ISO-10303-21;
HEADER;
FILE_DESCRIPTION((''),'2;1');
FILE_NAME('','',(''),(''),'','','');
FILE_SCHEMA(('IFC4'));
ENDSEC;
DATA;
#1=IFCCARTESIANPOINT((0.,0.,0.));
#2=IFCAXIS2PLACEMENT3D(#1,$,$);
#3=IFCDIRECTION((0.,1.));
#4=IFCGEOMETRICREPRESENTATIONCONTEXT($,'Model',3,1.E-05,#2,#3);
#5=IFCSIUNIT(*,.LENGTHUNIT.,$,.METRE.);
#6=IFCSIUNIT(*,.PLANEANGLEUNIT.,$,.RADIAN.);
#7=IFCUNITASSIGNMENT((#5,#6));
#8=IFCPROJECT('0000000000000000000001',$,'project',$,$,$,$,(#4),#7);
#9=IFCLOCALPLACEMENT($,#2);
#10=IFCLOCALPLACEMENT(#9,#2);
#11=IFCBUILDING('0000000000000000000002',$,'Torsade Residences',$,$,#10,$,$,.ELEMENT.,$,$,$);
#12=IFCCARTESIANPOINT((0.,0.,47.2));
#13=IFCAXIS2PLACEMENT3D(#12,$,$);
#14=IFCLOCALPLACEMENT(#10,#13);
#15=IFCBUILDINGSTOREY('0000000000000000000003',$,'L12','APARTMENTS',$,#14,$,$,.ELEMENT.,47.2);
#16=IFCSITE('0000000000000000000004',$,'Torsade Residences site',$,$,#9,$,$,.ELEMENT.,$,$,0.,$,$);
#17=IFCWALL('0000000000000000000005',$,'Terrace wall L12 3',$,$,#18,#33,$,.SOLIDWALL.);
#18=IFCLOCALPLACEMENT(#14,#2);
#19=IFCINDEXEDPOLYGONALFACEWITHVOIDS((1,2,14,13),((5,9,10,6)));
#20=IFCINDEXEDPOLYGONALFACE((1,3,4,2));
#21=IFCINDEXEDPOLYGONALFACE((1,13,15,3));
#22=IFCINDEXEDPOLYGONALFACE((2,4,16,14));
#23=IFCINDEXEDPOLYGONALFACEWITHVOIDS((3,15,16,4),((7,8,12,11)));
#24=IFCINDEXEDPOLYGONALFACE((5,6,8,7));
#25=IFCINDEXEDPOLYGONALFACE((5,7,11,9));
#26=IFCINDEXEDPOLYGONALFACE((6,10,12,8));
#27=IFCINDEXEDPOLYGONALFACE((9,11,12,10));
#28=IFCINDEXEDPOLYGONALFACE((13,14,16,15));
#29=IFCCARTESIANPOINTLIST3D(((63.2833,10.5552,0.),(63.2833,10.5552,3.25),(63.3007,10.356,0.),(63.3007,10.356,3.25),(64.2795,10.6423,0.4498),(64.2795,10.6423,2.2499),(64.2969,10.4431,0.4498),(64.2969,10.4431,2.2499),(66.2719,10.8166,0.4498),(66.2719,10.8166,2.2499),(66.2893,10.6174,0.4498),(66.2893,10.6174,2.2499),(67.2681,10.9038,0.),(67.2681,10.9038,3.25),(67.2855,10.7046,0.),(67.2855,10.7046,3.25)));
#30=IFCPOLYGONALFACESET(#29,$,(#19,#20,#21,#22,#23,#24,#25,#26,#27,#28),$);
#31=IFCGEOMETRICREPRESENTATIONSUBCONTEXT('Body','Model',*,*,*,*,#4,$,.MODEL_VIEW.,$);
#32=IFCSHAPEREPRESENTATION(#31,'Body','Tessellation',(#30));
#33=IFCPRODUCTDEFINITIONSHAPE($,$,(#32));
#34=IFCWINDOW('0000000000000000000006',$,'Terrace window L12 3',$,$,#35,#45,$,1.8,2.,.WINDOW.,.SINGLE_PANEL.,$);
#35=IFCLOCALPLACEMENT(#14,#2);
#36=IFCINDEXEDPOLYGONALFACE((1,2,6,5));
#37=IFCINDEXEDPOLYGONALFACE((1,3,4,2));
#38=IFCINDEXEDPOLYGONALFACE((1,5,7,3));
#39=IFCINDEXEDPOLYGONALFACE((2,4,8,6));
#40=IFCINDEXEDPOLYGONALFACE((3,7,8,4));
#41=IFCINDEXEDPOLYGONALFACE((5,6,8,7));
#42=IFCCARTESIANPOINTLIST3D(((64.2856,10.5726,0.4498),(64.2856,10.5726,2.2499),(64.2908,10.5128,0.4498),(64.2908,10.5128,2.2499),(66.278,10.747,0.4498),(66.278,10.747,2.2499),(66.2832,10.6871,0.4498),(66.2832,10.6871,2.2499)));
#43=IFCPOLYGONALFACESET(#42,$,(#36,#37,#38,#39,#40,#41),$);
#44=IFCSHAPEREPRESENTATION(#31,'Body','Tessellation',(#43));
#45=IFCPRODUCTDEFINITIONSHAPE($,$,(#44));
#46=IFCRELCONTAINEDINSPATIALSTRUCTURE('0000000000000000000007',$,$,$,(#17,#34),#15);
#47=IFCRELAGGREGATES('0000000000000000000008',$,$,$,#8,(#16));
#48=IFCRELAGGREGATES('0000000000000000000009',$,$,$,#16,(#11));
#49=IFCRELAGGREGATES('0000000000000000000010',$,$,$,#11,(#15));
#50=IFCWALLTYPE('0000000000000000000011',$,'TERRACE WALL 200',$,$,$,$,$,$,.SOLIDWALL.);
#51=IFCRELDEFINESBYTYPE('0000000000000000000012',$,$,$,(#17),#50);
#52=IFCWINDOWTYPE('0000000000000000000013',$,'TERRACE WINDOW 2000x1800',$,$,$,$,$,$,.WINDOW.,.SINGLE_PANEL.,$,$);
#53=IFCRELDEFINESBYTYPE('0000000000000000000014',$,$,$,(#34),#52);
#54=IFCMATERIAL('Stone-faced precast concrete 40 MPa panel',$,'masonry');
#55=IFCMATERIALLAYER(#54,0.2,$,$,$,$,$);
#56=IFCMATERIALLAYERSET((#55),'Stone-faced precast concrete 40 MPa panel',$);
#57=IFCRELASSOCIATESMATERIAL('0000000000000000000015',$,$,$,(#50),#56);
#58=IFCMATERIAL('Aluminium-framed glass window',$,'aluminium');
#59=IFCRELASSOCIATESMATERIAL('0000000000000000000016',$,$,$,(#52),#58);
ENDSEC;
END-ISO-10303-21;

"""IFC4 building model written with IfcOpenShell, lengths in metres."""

from ifc_helpers import new_model, si_unit, direction, frame, frame_2d, origin, place, context, subcontext, project, spatial, rectangle, extrude, material, layer, layer_set, type_object, element, fill, save


model = new_model("IFC4")

# Units and contexts
model_context = context("Model", 3, precision=1e-05, world=origin(), true_north=direction((0.0, 1.0)))
body_context = subcontext(model_context, "Body", "Model", "MODEL_VIEW")
ifc_project = project(units=[si_unit("LENGTHUNIT", "METRE"), si_unit("PLANEANGLEUNIT", "RADIAN")], contexts=[model_context])

# Site, building, storey
site_placement = place(None, origin())
site = spatial("IfcSite", under=ifc_project, at=site_placement, Name="Torsade Residences site", CompositionType="ELEMENT", RefElevation=0.0)
building_placement = place(site_placement, origin())
building = spatial("IfcBuilding", under=site, at=building_placement, Name="Torsade Residences", CompositionType="ELEMENT")
storey_placement = place(building_placement, frame((0.0, 0.0, 47.2)))
storey = spatial("IfcBuildingStorey", under=building, at=storey_placement, Name="L12", Description="APARTMENTS", CompositionType="ELEMENT", Elevation=47.2)

# Shared definitions
ifc_material_1 = material(Name="Stone-faced precast concrete 40 MPa panel", Category="masonry")
ifc_layer_1 = layer(ifc_material_1, 0.2)
ifc_layer_set_1 = layer_set([ifc_layer_1], Name="Stone-faced precast concrete 40 MPa panel")
wall_type = type_object("IfcWallType", Name="TERRACE WALL 200", PredefinedType="SOLIDWALL", material=ifc_layer_set_1)

# Wall, opening, window
wall_1_placement = place(storey_placement, frame((63.292, 10.4556, 0.0), z_axis=(0.0, 0.0, 1.0), x_axis=(0.996195, 0.087156, 0.0)))
wall_1 = element("IfcWall", 1, at=wall_1_placement, inside=storey, type_object=wall_type, Name="Terrace wall L12 3", PredefinedType="SOLIDWALL", context=body_context, shape_type="SweptSolid", body=[
    extrude(rectangle(XDim=4.0, YDim=0.2, at=frame_2d((2.0, 0.0))), origin(), (0.0, 0.0, 1.0), 3.25),
])
opening_1_placement = place(wall_1_placement, frame((1.0, 0.0, 0.45)))
opening_1 = element("IfcOpeningElement", 2, at=opening_1_placement, cuts=wall_1, PredefinedType="OPENING", context=body_context, shape_type="SweptSolid", body=[
    extrude(rectangle(XDim=2.0, YDim=1.8, at=frame_2d((1.0, 0.8999))), frame((0.0, 0.1099, 0.0), z_axis=(0.0, -1.0, 0.0), x_axis=(1.0, 0.0, 0.0)), (0.0, 0.0, 1.0), 0.22),
])
ifc_material_2 = material(Name="Aluminium-framed glass window", Category="aluminium")
window_type = type_object("IfcWindowType", Name="TERRACE WINDOW 2000x1800", PartitioningType="SINGLE_PANEL", PredefinedType="WINDOW", material=ifc_material_2)
window_placement = place(opening_1_placement, origin())
window = element("IfcWindow", 3, at=window_placement, inside=storey, type_object=window_type, Name="Terrace window L12 3", OverallHeight=1.8, OverallWidth=2.0, PartitioningType="SINGLE_PANEL", PredefinedType="WINDOW", context=body_context, shape_type="SweptSolid", body=[
    extrude(rectangle(XDim=2.0, YDim=1.8, at=frame_2d((1.0, 0.8999))), frame((0.0, 0.03, 0.0), z_axis=(0.0, -1.0, 0.0), x_axis=(1.0, 0.0, 0.0)), (0.0, 0.0, 1.0), 0.0601),
])
fill(opening_1, window)

save(model, "model.ifc")
